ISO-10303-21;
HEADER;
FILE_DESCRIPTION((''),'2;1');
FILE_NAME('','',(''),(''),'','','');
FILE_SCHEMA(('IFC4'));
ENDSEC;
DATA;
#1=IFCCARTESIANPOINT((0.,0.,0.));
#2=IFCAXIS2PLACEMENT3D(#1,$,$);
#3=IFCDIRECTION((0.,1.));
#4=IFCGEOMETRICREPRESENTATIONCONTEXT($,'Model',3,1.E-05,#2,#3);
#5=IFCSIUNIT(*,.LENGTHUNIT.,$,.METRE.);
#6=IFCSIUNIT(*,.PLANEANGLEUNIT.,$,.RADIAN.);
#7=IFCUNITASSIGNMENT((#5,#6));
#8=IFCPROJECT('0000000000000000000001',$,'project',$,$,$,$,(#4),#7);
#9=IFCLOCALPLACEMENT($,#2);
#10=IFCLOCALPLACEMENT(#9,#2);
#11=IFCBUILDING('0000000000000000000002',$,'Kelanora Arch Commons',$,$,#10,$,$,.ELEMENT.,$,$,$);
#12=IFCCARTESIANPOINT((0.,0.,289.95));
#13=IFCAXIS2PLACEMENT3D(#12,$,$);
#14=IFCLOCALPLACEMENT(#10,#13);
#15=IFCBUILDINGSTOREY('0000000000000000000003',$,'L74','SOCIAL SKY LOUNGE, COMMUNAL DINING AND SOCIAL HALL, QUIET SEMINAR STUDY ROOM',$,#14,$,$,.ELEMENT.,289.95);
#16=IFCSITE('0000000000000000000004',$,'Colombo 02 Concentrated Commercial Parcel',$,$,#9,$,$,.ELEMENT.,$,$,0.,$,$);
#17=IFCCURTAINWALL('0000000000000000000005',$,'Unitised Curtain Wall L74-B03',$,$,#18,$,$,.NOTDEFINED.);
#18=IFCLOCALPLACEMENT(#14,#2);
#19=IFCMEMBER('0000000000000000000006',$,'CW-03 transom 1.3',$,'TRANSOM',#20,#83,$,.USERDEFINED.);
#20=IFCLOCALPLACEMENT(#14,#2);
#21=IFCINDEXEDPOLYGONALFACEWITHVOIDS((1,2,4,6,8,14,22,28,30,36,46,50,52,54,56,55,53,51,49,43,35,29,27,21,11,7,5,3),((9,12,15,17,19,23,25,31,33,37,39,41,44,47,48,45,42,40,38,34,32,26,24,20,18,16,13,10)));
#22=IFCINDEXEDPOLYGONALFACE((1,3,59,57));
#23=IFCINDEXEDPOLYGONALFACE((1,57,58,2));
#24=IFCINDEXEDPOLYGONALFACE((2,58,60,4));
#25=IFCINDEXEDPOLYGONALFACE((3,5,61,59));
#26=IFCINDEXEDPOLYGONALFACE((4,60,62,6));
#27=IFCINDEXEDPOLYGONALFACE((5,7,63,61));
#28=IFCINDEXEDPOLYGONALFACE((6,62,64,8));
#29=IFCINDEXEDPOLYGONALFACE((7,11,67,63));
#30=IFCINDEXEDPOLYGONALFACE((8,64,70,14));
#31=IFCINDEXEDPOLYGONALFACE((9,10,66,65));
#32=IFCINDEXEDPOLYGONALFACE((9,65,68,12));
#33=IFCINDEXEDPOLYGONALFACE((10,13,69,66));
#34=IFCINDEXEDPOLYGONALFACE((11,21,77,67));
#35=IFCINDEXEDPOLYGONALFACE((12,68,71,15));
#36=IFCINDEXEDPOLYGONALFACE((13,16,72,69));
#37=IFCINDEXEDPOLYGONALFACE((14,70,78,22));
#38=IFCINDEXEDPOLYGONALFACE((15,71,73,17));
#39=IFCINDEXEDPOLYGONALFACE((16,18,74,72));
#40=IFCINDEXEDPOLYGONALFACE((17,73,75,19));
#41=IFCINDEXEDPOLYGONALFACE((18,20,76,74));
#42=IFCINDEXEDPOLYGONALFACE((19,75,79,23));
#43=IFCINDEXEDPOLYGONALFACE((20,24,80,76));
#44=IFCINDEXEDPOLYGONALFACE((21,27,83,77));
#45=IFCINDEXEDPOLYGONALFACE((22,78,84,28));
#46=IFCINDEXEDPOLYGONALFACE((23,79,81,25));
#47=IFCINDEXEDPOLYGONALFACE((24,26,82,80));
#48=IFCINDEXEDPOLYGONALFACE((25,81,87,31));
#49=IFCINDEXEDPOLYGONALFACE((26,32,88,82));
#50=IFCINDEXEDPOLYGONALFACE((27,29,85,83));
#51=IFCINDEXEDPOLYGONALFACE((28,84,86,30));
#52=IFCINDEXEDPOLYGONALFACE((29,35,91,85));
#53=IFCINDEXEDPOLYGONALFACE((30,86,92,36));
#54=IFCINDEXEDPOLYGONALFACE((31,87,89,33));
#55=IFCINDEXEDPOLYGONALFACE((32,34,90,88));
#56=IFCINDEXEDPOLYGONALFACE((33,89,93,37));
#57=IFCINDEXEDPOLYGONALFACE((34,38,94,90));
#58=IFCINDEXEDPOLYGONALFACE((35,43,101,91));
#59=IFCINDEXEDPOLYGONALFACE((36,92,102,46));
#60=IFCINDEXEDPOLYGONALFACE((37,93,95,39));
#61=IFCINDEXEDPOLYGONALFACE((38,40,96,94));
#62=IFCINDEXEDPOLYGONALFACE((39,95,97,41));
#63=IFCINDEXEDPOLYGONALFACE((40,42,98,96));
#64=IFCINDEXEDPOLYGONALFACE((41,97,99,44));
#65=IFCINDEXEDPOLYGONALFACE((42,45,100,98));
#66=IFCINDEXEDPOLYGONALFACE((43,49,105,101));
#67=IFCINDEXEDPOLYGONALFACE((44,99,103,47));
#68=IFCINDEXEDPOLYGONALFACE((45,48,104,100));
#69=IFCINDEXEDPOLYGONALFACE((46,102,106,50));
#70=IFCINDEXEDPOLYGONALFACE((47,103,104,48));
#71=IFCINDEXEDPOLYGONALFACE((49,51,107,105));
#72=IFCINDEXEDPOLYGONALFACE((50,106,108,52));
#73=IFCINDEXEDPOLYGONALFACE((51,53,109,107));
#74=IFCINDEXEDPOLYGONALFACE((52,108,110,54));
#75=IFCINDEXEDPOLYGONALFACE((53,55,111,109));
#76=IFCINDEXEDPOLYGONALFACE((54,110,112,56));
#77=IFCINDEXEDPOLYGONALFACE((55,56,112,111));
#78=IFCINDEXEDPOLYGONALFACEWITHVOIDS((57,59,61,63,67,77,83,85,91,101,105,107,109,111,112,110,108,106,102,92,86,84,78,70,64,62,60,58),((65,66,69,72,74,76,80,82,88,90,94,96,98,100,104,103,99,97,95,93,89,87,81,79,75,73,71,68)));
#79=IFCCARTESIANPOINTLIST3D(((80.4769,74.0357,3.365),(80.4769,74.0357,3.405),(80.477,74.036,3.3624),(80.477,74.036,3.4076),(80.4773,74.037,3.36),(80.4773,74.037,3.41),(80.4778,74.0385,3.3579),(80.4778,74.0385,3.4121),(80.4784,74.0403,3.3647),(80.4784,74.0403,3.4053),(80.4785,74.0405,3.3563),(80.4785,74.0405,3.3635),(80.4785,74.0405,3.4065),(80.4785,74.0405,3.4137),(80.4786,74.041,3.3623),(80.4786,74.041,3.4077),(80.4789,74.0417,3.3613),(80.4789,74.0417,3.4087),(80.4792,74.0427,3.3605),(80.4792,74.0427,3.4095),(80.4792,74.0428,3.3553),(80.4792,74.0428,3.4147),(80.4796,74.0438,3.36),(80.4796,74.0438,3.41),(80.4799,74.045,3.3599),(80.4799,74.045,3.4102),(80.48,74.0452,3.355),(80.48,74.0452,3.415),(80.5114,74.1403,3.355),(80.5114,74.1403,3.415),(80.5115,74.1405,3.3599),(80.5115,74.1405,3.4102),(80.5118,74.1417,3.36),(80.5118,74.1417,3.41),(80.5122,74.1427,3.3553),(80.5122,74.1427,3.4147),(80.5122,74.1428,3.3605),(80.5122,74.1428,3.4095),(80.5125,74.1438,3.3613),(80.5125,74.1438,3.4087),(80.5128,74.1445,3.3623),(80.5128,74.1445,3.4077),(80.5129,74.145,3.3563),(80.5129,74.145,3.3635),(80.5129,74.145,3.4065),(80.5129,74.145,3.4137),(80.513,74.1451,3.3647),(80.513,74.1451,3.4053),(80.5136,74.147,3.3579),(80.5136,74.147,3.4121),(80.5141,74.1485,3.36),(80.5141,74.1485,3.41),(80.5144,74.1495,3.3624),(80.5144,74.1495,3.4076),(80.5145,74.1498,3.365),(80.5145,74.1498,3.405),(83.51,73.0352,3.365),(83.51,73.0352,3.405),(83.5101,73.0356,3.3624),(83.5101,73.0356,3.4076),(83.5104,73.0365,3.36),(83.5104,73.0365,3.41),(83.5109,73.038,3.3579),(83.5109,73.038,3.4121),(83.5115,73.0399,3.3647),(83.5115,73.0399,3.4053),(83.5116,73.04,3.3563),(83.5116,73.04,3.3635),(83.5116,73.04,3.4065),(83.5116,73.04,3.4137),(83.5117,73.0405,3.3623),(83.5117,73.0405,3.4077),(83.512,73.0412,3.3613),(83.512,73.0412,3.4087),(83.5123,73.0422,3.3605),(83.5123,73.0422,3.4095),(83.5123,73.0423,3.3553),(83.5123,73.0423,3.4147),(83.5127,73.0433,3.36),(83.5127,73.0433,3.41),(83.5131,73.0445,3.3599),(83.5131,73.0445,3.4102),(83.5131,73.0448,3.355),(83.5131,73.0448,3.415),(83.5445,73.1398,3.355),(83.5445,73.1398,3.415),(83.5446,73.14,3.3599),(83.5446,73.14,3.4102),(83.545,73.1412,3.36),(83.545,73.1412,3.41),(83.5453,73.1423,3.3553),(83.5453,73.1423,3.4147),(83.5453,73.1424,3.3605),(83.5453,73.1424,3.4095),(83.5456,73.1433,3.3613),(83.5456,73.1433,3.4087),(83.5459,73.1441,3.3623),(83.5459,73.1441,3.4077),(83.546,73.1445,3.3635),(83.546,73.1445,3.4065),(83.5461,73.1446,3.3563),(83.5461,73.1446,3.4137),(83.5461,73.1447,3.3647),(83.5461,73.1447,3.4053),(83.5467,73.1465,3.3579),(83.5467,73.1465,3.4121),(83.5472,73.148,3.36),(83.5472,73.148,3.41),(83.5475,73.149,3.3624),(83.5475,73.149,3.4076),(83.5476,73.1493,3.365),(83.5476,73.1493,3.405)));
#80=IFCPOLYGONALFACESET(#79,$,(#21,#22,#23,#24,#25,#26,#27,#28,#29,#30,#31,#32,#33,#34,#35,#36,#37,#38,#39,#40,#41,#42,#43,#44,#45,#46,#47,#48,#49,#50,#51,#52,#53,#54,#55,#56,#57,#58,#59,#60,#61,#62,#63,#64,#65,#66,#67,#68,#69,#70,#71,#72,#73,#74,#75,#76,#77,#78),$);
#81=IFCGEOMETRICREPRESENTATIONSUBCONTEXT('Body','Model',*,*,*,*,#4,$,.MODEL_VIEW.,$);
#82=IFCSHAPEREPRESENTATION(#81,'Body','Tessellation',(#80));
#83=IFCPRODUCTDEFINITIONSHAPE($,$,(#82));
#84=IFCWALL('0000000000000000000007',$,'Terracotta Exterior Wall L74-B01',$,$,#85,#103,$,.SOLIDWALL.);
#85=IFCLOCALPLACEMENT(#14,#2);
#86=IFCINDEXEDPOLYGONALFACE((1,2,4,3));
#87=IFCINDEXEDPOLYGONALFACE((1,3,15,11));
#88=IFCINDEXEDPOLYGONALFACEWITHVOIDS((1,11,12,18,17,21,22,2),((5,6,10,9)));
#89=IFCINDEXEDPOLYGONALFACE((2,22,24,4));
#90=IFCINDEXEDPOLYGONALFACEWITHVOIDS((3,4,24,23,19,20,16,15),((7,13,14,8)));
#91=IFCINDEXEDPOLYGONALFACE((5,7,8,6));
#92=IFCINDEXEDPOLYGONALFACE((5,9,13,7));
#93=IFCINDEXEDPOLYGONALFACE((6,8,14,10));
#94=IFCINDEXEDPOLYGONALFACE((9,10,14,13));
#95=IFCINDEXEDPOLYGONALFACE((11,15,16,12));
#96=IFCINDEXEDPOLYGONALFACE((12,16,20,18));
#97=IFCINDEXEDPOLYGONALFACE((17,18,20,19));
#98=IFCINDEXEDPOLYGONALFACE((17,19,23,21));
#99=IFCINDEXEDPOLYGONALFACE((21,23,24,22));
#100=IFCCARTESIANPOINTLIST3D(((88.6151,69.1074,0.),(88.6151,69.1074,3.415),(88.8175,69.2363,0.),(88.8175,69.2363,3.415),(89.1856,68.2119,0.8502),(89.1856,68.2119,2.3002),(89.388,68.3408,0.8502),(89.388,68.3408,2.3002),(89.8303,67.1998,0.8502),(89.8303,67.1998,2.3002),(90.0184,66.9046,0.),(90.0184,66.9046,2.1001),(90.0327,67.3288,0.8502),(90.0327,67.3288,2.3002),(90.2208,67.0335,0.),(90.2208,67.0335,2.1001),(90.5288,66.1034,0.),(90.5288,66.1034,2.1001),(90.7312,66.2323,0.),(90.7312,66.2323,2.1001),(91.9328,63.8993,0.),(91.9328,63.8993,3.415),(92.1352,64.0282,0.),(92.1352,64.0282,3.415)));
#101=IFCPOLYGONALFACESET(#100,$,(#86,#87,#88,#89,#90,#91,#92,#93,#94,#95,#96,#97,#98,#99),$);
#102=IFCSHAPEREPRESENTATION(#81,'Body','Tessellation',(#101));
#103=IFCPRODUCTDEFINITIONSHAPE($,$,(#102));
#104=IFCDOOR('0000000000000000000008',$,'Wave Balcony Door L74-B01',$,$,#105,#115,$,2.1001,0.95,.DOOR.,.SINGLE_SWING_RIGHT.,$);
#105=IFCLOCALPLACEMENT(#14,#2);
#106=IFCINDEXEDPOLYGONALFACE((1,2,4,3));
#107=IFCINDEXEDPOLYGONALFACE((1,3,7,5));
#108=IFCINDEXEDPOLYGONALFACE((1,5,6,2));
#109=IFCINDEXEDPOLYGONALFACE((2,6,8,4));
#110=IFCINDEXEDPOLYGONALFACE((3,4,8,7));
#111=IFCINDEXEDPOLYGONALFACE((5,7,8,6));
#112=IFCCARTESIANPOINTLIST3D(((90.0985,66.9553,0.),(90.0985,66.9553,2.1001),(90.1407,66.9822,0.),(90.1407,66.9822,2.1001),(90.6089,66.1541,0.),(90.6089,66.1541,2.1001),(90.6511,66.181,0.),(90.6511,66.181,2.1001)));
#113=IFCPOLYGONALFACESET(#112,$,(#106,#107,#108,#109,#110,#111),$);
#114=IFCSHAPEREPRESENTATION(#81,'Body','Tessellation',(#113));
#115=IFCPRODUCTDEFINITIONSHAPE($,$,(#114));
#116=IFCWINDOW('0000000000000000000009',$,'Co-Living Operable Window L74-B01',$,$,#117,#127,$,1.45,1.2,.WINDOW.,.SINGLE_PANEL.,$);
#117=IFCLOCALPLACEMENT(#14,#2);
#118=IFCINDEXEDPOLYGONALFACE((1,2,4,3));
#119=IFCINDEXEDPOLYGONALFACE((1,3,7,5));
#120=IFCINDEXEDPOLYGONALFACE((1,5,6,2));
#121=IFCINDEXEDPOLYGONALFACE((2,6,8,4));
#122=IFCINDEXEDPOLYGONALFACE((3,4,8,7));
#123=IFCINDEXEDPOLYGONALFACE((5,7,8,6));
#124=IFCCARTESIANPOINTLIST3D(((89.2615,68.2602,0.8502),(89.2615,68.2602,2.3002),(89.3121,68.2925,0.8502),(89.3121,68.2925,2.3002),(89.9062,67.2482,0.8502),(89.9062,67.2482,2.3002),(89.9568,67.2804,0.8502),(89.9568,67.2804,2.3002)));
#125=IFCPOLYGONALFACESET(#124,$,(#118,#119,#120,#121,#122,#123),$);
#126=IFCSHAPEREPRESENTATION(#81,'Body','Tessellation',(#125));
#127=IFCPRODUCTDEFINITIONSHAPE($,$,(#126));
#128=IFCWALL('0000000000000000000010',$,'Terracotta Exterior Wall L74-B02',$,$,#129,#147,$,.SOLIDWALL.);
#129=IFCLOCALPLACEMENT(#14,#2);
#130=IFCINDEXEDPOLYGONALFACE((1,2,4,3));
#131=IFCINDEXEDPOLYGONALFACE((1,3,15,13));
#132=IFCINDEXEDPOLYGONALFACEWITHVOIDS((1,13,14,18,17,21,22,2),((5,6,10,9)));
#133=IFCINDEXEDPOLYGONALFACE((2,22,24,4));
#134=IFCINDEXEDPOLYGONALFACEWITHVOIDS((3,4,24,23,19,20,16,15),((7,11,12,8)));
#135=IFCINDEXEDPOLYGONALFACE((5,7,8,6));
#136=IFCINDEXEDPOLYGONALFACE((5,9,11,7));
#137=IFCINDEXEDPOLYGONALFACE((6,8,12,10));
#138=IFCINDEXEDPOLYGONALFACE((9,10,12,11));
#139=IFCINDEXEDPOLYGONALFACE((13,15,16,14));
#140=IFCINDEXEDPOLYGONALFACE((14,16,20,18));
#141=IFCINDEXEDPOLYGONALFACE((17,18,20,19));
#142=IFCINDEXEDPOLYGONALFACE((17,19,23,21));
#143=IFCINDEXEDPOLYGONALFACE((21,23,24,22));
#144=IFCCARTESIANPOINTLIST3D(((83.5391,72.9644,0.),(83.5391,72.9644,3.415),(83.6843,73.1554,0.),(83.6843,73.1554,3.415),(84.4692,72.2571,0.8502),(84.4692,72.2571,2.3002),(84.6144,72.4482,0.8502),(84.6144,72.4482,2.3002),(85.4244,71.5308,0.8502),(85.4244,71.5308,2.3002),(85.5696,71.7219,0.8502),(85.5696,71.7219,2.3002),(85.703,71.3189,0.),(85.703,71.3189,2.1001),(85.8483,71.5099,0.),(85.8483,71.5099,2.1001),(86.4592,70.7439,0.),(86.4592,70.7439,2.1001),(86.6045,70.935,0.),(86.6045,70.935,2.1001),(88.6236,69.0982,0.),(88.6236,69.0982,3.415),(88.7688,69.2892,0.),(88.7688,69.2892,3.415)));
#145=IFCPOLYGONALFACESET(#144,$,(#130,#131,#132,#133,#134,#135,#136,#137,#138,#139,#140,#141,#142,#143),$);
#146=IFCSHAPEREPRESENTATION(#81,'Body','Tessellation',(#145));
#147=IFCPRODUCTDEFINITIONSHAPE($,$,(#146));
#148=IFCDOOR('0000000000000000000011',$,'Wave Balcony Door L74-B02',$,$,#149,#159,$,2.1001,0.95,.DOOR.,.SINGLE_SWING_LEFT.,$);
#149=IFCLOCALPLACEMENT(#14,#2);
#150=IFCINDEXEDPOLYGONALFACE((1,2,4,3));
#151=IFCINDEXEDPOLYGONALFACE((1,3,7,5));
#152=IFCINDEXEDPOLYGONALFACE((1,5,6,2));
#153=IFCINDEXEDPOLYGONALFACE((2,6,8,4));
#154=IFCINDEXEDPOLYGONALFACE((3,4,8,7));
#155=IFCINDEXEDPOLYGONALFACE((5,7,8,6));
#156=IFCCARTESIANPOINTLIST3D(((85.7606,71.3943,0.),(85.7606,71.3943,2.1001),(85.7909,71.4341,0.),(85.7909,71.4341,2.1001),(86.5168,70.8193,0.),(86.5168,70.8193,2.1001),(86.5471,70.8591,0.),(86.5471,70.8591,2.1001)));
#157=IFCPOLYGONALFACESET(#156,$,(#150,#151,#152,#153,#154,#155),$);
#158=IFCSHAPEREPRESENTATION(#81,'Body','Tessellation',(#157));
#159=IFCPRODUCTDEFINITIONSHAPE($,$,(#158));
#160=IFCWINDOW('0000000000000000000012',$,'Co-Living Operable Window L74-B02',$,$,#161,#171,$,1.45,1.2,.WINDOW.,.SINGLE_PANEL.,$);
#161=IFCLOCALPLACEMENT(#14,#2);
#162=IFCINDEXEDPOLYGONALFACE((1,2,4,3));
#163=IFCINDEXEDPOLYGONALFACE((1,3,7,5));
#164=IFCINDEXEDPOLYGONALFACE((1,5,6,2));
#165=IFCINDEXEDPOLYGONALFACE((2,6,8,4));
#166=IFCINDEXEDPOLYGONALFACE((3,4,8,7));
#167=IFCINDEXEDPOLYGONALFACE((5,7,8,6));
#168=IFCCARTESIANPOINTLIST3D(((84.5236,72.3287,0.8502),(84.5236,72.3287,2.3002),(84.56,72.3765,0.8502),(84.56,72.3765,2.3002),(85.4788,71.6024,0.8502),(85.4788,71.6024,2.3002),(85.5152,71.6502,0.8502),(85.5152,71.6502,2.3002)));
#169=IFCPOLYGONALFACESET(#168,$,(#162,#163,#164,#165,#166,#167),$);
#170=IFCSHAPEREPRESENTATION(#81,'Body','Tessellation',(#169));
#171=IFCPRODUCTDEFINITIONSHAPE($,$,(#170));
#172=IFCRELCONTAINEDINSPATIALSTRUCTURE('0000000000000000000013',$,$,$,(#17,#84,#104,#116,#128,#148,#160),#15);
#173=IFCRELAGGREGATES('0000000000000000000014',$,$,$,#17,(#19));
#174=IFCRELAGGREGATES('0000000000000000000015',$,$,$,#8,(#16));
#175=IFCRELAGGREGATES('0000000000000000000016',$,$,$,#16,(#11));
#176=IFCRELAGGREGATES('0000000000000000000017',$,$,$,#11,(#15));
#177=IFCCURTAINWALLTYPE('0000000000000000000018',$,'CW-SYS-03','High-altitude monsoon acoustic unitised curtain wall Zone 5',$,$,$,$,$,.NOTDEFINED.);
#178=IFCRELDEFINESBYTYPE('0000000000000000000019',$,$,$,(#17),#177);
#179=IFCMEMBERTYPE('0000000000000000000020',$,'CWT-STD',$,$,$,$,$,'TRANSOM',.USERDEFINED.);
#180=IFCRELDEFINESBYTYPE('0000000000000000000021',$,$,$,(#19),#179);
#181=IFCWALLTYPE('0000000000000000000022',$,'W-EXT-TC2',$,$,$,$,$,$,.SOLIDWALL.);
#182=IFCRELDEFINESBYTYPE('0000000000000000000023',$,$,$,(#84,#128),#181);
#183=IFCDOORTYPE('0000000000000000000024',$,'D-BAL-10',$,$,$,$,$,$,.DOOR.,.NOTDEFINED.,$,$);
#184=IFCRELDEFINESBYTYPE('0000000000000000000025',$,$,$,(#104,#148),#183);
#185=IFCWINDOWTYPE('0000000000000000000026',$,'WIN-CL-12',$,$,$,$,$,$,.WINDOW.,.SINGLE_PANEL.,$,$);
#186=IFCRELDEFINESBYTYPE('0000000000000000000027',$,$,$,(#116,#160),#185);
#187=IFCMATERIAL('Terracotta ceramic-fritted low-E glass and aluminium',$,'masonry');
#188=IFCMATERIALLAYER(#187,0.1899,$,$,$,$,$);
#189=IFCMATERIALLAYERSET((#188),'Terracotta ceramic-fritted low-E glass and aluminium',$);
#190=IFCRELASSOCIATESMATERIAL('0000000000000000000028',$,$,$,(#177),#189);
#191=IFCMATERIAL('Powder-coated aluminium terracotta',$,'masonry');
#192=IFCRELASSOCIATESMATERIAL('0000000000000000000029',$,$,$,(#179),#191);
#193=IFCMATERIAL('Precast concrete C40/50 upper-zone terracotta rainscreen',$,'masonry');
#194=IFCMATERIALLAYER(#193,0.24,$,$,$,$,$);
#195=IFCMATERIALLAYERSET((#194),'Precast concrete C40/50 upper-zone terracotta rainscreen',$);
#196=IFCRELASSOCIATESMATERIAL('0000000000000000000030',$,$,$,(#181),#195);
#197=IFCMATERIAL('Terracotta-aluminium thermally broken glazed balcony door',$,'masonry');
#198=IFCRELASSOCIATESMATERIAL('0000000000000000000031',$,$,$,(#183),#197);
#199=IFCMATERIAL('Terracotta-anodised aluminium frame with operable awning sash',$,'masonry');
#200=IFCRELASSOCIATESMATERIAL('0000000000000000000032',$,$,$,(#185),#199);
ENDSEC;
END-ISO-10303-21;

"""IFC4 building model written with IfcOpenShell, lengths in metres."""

from ifc_helpers import new_model, si_unit, direction, frame, frame_2d, origin, origin_2d, place, context, subcontext, project, spatial, rectangle, hollow_rectangle, extrude, material, layer, layer_set, material_profile, profile_set, type_object, element, fill, aggregate, save


model = new_model("IFC4")

# Units and contexts
model_context = context("Model", 3, precision=1e-05, world=origin(), true_north=direction((0.0, 1.0)))
body_context = subcontext(model_context, "Body", "Model", "MODEL_VIEW")
ifc_project = project(units=[si_unit("LENGTHUNIT", "METRE"), si_unit("PLANEANGLEUNIT", "RADIAN")], contexts=[model_context])

# Site, building, storey
site_placement = place(None, origin())
site = spatial("IfcSite", under=ifc_project, at=site_placement, Name="Colombo 02 Concentrated Commercial Parcel", CompositionType="ELEMENT", RefElevation=0.0)
building_placement = place(site_placement, origin())
building = spatial("IfcBuilding", under=site, at=building_placement, Name="Kelanora Arch Commons", CompositionType="ELEMENT")
storey_placement = place(building_placement, frame((0.0, 0.0, 289.95)))
storey = spatial("IfcBuildingStorey", under=building, at=storey_placement, Name="L74", Description="SOCIAL SKY LOUNGE, COMMUNAL DINING AND SOCIAL HALL, QUIET SEMINAR STUDY ROOM", CompositionType="ELEMENT", Elevation=289.95)

# Shared definitions
ifc_material_1 = material(Name="Terracotta ceramic-fritted low-E glass and aluminium", Category="masonry")
ifc_layer_1 = layer(ifc_material_1, 0.1899)
ifc_layer_set_1 = layer_set([ifc_layer_1], Name="Terracotta ceramic-fritted low-E glass and aluminium")
curtain_wall_type = type_object("IfcCurtainWallType", Name="CW-SYS-03", Description="High-altitude monsoon acoustic unitised curtain wall Zone 5", PredefinedType="NOTDEFINED", material=ifc_layer_set_1)
ifc_material_2 = material(Name="Powder-coated aluminium terracotta", Category="masonry")

# Curtain wall, member
curtain_wall_1_placement = place(storey_placement, origin())
curtain_wall_1 = element("IfcCurtainWall", 1, at=curtain_wall_1_placement, inside=storey, type_object=curtain_wall_type, Name="Unitised Curtain Wall L74-B03", PredefinedType="NOTDEFINED")
ifc_material_profile_1 = material_profile(ifc_material_2, hollow_rectangle(XDim=0.1201, YDim=0.0601, WallThickness=0.0049, InnerFilletRadius=0.0049, OuterFilletRadius=0.01, at=origin_2d()), Name="CWT120x60")
ifc_profile_set_1 = profile_set([ifc_material_profile_1], Name="Powder-coated aluminium terracotta")
member_type_1 = type_object("IfcMemberType", Name="CWT-STD", ElementType="TRANSOM", PredefinedType="USERDEFINED", material=ifc_profile_set_1)
member_1_placement = place(storey_placement, frame((83.5288, 73.0923, 3.385), z_axis=(-0.949672, 0.313245, 0.0), x_axis=(-0.313245, -0.949672, 0.0)))
member_1 = element("IfcMember", 2, at=member_1_placement, type_object=member_type_1, Name="CW-03 transom 1.3", ObjectType="TRANSOM", PredefinedType="USERDEFINED", context=body_context, shape_type="SweptSolid", body=[
    extrude(hollow_rectangle(XDim=0.1201, YDim=0.0601, WallThickness=0.0049, InnerFilletRadius=0.0049, OuterFilletRadius=0.01, at=origin_2d()), origin(), (0.0, 0.0, 1.0), 3.1938),
])
aggregate(curtain_wall_1, [member_1])

# Walls, openings, doors, windows
ifc_material_3 = material(Name="Precast concrete C40/50 upper-zone terracotta rainscreen", Category="masonry")
ifc_layer_2 = layer(ifc_material_3, 0.24)
ifc_layer_set_2 = layer_set([ifc_layer_2], Name="Precast concrete C40/50 upper-zone terracotta rainscreen")
wall_type_1 = type_object("IfcWallType", Name="W-EXT-TC2", PredefinedType="SOLIDWALL", material=ifc_layer_set_2)
wall_1_placement = place(storey_placement, frame((92.0339, 63.9639, 0.0), z_axis=(0.0, 0.0, 1.0), x_axis=(-0.537272, 0.843409, 0.0)))
wall_1 = element("IfcWall", 3, at=wall_1_placement, inside=storey, type_object=wall_type_1, Name="Terracotta Exterior Wall L74-B01", PredefinedType="SOLIDWALL", context=body_context, shape_type="SweptSolid", body=[
    extrude(rectangle(XDim=6.175, YDim=0.24, at=frame_2d((3.0874, 0.0))), origin(), (0.0, 0.0, 1.0), 3.415),
])
opening_1_placement = place(wall_1_placement, frame((2.613, 0.0, 0.0)))
opening_1 = element("IfcOpeningElement", 4, at=opening_1_placement, cuts=wall_1, PredefinedType="OPENING", context=body_context, shape_type="SweptSolid", body=[
    extrude(rectangle(XDim=0.95, YDim=2.1001, at=frame_2d((0.4751, 1.05))), frame((0.0, 0.1299, 0.0), z_axis=(0.0, -1.0, 0.0), x_axis=(1.0, 0.0, 0.0)), (0.0, 0.0, 1.0), 0.26),
])
opening_2_placement = place(wall_1_placement, frame((3.9131, 0.0, 0.8501)))
opening_2 = element("IfcOpeningElement", 5, at=opening_2_placement, cuts=wall_1, PredefinedType="OPENING", context=body_context, shape_type="SweptSolid", body=[
    extrude(rectangle(XDim=1.2, YDim=1.45, at=frame_2d((0.6001, 0.7251))), frame((0.0, 0.1299, 0.0), z_axis=(0.0, -1.0, 0.0), x_axis=(1.0, 0.0, 0.0)), (0.0, 0.0, 1.0), 0.26),
])
ifc_material_4 = material(Name="Terracotta-aluminium thermally broken glazed balcony door", Category="masonry")
door_type = type_object("IfcDoorType", Name="D-BAL-10", OperationType="NOTDEFINED", PredefinedType="DOOR", material=ifc_material_4)
door_1_placement = place(opening_1_placement, frame((0.95, 0.0, 0.0), z_axis=(0.0, 0.0, 1.0), x_axis=(-1.0, 0.0, 0.0)))
door_1 = element("IfcDoor", 6, at=door_1_placement, inside=storey, type_object=door_type, Name="Wave Balcony Door L74-B01", OperationType="SINGLE_SWING_RIGHT", OverallHeight=2.1001, OverallWidth=0.95, PredefinedType="DOOR", context=body_context, shape_type="SweptSolid", body=[
    extrude(rectangle(XDim=0.95, YDim=2.1001, at=frame_2d((0.4751, 1.05))), frame((0.0, 0.0249, 0.0), z_axis=(0.0, -1.0, 0.0), x_axis=(1.0, 0.0, 0.0)), (0.0, 0.0, 1.0), 0.05),
])
fill(opening_1, door_1)
ifc_material_5 = material(Name="Terracotta-anodised aluminium frame with operable awning sash", Category="masonry")
window_type = type_object("IfcWindowType", Name="WIN-CL-12", PartitioningType="SINGLE_PANEL", PredefinedType="WINDOW", material=ifc_material_5)
window_1_placement = place(opening_2_placement, origin())
window_1 = element("IfcWindow", 7, at=window_1_placement, inside=storey, type_object=window_type, Name="Co-Living Operable Window L74-B01", OverallHeight=1.45, OverallWidth=1.2, PartitioningType="SINGLE_PANEL", PredefinedType="WINDOW", context=body_context, shape_type="SweptSolid", body=[
    extrude(rectangle(XDim=1.2, YDim=1.45, at=frame_2d((0.6001, 0.7251))), frame((0.0, 0.03, 0.0), z_axis=(0.0, -1.0, 0.0), x_axis=(1.0, 0.0, 0.0)), (0.0, 0.0, 1.0), 0.0601),
])
fill(opening_2, window_1)
wall_2_placement = place(storey_placement, frame((88.6963, 69.1936, 0.0), z_axis=(0.0, 0.0, 1.0), x_axis=(-0.79601, 0.605283, 0.0)))
wall_2 = element("IfcWall", 8, at=wall_2_placement, inside=storey, type_object=wall_type_1, Name="Terracotta Exterior Wall L74-B02", PredefinedType="SOLIDWALL", context=body_context, shape_type="SweptSolid", body=[
    extrude(rectangle(XDim=6.3875, YDim=0.24, at=frame_2d((3.1938, 0.0))), origin(), (0.0, 0.0, 1.0), 3.415),
])
opening_3_placement = place(wall_2_placement, frame((2.719, 0.0, 0.0)))
opening_3 = element("IfcOpeningElement", 9, at=opening_3_placement, cuts=wall_2, PredefinedType="OPENING", context=body_context, shape_type="SweptSolid", body=[
    extrude(rectangle(XDim=0.95, YDim=2.1001, at=frame_2d((0.4751, 1.05))), frame((0.0, 0.1299, 0.0), z_axis=(0.0, -1.0, 0.0), x_axis=(1.0, 0.0, 0.0)), (0.0, 0.0, 1.0), 0.26),
])
opening_4_placement = place(wall_2_placement, frame((4.019, 0.0, 0.8501)))
opening_4 = element("IfcOpeningElement", 10, at=opening_4_placement, cuts=wall_2, PredefinedType="OPENING", context=body_context, shape_type="SweptSolid", body=[
    extrude(rectangle(XDim=1.2, YDim=1.45, at=frame_2d((0.6001, 0.7251))), frame((0.0, 0.1299, 0.0), z_axis=(0.0, -1.0, 0.0), x_axis=(1.0, 0.0, 0.0)), (0.0, 0.0, 1.0), 0.26),
])
door_2_placement = place(opening_3_placement, frame((0.95, 0.0, 0.0), z_axis=(0.0, 0.0, 1.0), x_axis=(-1.0, 0.0, 0.0)))
door_2 = element("IfcDoor", 11, at=door_2_placement, inside=storey, type_object=door_type, Name="Wave Balcony Door L74-B02", OperationType="SINGLE_SWING_LEFT", OverallHeight=2.1001, OverallWidth=0.95, PredefinedType="DOOR", context=body_context, shape_type="SweptSolid", body=[
    extrude(rectangle(XDim=0.95, YDim=2.1001, at=frame_2d((0.4751, 1.05))), frame((0.0, 0.0249, 0.0), z_axis=(0.0, -1.0, 0.0), x_axis=(1.0, 0.0, 0.0)), (0.0, 0.0, 1.0), 0.05),
])
fill(opening_3, door_2)
window_2_placement = place(opening_4_placement, origin())
window_2 = element("IfcWindow", 12, at=window_2_placement, inside=storey, type_object=window_type, Name="Co-Living Operable Window L74-B02", OverallHeight=1.45, OverallWidth=1.2, PartitioningType="SINGLE_PANEL", PredefinedType="WINDOW", context=body_context, shape_type="SweptSolid", body=[
    extrude(rectangle(XDim=1.2, YDim=1.45, at=frame_2d((0.6001, 0.7251))), frame((0.0, 0.03, 0.0), z_axis=(0.0, -1.0, 0.0), x_axis=(1.0, 0.0, 0.0)), (0.0, 0.0, 1.0), 0.0601),
])
fill(opening_4, window_2)

save(model, "model.ifc")
